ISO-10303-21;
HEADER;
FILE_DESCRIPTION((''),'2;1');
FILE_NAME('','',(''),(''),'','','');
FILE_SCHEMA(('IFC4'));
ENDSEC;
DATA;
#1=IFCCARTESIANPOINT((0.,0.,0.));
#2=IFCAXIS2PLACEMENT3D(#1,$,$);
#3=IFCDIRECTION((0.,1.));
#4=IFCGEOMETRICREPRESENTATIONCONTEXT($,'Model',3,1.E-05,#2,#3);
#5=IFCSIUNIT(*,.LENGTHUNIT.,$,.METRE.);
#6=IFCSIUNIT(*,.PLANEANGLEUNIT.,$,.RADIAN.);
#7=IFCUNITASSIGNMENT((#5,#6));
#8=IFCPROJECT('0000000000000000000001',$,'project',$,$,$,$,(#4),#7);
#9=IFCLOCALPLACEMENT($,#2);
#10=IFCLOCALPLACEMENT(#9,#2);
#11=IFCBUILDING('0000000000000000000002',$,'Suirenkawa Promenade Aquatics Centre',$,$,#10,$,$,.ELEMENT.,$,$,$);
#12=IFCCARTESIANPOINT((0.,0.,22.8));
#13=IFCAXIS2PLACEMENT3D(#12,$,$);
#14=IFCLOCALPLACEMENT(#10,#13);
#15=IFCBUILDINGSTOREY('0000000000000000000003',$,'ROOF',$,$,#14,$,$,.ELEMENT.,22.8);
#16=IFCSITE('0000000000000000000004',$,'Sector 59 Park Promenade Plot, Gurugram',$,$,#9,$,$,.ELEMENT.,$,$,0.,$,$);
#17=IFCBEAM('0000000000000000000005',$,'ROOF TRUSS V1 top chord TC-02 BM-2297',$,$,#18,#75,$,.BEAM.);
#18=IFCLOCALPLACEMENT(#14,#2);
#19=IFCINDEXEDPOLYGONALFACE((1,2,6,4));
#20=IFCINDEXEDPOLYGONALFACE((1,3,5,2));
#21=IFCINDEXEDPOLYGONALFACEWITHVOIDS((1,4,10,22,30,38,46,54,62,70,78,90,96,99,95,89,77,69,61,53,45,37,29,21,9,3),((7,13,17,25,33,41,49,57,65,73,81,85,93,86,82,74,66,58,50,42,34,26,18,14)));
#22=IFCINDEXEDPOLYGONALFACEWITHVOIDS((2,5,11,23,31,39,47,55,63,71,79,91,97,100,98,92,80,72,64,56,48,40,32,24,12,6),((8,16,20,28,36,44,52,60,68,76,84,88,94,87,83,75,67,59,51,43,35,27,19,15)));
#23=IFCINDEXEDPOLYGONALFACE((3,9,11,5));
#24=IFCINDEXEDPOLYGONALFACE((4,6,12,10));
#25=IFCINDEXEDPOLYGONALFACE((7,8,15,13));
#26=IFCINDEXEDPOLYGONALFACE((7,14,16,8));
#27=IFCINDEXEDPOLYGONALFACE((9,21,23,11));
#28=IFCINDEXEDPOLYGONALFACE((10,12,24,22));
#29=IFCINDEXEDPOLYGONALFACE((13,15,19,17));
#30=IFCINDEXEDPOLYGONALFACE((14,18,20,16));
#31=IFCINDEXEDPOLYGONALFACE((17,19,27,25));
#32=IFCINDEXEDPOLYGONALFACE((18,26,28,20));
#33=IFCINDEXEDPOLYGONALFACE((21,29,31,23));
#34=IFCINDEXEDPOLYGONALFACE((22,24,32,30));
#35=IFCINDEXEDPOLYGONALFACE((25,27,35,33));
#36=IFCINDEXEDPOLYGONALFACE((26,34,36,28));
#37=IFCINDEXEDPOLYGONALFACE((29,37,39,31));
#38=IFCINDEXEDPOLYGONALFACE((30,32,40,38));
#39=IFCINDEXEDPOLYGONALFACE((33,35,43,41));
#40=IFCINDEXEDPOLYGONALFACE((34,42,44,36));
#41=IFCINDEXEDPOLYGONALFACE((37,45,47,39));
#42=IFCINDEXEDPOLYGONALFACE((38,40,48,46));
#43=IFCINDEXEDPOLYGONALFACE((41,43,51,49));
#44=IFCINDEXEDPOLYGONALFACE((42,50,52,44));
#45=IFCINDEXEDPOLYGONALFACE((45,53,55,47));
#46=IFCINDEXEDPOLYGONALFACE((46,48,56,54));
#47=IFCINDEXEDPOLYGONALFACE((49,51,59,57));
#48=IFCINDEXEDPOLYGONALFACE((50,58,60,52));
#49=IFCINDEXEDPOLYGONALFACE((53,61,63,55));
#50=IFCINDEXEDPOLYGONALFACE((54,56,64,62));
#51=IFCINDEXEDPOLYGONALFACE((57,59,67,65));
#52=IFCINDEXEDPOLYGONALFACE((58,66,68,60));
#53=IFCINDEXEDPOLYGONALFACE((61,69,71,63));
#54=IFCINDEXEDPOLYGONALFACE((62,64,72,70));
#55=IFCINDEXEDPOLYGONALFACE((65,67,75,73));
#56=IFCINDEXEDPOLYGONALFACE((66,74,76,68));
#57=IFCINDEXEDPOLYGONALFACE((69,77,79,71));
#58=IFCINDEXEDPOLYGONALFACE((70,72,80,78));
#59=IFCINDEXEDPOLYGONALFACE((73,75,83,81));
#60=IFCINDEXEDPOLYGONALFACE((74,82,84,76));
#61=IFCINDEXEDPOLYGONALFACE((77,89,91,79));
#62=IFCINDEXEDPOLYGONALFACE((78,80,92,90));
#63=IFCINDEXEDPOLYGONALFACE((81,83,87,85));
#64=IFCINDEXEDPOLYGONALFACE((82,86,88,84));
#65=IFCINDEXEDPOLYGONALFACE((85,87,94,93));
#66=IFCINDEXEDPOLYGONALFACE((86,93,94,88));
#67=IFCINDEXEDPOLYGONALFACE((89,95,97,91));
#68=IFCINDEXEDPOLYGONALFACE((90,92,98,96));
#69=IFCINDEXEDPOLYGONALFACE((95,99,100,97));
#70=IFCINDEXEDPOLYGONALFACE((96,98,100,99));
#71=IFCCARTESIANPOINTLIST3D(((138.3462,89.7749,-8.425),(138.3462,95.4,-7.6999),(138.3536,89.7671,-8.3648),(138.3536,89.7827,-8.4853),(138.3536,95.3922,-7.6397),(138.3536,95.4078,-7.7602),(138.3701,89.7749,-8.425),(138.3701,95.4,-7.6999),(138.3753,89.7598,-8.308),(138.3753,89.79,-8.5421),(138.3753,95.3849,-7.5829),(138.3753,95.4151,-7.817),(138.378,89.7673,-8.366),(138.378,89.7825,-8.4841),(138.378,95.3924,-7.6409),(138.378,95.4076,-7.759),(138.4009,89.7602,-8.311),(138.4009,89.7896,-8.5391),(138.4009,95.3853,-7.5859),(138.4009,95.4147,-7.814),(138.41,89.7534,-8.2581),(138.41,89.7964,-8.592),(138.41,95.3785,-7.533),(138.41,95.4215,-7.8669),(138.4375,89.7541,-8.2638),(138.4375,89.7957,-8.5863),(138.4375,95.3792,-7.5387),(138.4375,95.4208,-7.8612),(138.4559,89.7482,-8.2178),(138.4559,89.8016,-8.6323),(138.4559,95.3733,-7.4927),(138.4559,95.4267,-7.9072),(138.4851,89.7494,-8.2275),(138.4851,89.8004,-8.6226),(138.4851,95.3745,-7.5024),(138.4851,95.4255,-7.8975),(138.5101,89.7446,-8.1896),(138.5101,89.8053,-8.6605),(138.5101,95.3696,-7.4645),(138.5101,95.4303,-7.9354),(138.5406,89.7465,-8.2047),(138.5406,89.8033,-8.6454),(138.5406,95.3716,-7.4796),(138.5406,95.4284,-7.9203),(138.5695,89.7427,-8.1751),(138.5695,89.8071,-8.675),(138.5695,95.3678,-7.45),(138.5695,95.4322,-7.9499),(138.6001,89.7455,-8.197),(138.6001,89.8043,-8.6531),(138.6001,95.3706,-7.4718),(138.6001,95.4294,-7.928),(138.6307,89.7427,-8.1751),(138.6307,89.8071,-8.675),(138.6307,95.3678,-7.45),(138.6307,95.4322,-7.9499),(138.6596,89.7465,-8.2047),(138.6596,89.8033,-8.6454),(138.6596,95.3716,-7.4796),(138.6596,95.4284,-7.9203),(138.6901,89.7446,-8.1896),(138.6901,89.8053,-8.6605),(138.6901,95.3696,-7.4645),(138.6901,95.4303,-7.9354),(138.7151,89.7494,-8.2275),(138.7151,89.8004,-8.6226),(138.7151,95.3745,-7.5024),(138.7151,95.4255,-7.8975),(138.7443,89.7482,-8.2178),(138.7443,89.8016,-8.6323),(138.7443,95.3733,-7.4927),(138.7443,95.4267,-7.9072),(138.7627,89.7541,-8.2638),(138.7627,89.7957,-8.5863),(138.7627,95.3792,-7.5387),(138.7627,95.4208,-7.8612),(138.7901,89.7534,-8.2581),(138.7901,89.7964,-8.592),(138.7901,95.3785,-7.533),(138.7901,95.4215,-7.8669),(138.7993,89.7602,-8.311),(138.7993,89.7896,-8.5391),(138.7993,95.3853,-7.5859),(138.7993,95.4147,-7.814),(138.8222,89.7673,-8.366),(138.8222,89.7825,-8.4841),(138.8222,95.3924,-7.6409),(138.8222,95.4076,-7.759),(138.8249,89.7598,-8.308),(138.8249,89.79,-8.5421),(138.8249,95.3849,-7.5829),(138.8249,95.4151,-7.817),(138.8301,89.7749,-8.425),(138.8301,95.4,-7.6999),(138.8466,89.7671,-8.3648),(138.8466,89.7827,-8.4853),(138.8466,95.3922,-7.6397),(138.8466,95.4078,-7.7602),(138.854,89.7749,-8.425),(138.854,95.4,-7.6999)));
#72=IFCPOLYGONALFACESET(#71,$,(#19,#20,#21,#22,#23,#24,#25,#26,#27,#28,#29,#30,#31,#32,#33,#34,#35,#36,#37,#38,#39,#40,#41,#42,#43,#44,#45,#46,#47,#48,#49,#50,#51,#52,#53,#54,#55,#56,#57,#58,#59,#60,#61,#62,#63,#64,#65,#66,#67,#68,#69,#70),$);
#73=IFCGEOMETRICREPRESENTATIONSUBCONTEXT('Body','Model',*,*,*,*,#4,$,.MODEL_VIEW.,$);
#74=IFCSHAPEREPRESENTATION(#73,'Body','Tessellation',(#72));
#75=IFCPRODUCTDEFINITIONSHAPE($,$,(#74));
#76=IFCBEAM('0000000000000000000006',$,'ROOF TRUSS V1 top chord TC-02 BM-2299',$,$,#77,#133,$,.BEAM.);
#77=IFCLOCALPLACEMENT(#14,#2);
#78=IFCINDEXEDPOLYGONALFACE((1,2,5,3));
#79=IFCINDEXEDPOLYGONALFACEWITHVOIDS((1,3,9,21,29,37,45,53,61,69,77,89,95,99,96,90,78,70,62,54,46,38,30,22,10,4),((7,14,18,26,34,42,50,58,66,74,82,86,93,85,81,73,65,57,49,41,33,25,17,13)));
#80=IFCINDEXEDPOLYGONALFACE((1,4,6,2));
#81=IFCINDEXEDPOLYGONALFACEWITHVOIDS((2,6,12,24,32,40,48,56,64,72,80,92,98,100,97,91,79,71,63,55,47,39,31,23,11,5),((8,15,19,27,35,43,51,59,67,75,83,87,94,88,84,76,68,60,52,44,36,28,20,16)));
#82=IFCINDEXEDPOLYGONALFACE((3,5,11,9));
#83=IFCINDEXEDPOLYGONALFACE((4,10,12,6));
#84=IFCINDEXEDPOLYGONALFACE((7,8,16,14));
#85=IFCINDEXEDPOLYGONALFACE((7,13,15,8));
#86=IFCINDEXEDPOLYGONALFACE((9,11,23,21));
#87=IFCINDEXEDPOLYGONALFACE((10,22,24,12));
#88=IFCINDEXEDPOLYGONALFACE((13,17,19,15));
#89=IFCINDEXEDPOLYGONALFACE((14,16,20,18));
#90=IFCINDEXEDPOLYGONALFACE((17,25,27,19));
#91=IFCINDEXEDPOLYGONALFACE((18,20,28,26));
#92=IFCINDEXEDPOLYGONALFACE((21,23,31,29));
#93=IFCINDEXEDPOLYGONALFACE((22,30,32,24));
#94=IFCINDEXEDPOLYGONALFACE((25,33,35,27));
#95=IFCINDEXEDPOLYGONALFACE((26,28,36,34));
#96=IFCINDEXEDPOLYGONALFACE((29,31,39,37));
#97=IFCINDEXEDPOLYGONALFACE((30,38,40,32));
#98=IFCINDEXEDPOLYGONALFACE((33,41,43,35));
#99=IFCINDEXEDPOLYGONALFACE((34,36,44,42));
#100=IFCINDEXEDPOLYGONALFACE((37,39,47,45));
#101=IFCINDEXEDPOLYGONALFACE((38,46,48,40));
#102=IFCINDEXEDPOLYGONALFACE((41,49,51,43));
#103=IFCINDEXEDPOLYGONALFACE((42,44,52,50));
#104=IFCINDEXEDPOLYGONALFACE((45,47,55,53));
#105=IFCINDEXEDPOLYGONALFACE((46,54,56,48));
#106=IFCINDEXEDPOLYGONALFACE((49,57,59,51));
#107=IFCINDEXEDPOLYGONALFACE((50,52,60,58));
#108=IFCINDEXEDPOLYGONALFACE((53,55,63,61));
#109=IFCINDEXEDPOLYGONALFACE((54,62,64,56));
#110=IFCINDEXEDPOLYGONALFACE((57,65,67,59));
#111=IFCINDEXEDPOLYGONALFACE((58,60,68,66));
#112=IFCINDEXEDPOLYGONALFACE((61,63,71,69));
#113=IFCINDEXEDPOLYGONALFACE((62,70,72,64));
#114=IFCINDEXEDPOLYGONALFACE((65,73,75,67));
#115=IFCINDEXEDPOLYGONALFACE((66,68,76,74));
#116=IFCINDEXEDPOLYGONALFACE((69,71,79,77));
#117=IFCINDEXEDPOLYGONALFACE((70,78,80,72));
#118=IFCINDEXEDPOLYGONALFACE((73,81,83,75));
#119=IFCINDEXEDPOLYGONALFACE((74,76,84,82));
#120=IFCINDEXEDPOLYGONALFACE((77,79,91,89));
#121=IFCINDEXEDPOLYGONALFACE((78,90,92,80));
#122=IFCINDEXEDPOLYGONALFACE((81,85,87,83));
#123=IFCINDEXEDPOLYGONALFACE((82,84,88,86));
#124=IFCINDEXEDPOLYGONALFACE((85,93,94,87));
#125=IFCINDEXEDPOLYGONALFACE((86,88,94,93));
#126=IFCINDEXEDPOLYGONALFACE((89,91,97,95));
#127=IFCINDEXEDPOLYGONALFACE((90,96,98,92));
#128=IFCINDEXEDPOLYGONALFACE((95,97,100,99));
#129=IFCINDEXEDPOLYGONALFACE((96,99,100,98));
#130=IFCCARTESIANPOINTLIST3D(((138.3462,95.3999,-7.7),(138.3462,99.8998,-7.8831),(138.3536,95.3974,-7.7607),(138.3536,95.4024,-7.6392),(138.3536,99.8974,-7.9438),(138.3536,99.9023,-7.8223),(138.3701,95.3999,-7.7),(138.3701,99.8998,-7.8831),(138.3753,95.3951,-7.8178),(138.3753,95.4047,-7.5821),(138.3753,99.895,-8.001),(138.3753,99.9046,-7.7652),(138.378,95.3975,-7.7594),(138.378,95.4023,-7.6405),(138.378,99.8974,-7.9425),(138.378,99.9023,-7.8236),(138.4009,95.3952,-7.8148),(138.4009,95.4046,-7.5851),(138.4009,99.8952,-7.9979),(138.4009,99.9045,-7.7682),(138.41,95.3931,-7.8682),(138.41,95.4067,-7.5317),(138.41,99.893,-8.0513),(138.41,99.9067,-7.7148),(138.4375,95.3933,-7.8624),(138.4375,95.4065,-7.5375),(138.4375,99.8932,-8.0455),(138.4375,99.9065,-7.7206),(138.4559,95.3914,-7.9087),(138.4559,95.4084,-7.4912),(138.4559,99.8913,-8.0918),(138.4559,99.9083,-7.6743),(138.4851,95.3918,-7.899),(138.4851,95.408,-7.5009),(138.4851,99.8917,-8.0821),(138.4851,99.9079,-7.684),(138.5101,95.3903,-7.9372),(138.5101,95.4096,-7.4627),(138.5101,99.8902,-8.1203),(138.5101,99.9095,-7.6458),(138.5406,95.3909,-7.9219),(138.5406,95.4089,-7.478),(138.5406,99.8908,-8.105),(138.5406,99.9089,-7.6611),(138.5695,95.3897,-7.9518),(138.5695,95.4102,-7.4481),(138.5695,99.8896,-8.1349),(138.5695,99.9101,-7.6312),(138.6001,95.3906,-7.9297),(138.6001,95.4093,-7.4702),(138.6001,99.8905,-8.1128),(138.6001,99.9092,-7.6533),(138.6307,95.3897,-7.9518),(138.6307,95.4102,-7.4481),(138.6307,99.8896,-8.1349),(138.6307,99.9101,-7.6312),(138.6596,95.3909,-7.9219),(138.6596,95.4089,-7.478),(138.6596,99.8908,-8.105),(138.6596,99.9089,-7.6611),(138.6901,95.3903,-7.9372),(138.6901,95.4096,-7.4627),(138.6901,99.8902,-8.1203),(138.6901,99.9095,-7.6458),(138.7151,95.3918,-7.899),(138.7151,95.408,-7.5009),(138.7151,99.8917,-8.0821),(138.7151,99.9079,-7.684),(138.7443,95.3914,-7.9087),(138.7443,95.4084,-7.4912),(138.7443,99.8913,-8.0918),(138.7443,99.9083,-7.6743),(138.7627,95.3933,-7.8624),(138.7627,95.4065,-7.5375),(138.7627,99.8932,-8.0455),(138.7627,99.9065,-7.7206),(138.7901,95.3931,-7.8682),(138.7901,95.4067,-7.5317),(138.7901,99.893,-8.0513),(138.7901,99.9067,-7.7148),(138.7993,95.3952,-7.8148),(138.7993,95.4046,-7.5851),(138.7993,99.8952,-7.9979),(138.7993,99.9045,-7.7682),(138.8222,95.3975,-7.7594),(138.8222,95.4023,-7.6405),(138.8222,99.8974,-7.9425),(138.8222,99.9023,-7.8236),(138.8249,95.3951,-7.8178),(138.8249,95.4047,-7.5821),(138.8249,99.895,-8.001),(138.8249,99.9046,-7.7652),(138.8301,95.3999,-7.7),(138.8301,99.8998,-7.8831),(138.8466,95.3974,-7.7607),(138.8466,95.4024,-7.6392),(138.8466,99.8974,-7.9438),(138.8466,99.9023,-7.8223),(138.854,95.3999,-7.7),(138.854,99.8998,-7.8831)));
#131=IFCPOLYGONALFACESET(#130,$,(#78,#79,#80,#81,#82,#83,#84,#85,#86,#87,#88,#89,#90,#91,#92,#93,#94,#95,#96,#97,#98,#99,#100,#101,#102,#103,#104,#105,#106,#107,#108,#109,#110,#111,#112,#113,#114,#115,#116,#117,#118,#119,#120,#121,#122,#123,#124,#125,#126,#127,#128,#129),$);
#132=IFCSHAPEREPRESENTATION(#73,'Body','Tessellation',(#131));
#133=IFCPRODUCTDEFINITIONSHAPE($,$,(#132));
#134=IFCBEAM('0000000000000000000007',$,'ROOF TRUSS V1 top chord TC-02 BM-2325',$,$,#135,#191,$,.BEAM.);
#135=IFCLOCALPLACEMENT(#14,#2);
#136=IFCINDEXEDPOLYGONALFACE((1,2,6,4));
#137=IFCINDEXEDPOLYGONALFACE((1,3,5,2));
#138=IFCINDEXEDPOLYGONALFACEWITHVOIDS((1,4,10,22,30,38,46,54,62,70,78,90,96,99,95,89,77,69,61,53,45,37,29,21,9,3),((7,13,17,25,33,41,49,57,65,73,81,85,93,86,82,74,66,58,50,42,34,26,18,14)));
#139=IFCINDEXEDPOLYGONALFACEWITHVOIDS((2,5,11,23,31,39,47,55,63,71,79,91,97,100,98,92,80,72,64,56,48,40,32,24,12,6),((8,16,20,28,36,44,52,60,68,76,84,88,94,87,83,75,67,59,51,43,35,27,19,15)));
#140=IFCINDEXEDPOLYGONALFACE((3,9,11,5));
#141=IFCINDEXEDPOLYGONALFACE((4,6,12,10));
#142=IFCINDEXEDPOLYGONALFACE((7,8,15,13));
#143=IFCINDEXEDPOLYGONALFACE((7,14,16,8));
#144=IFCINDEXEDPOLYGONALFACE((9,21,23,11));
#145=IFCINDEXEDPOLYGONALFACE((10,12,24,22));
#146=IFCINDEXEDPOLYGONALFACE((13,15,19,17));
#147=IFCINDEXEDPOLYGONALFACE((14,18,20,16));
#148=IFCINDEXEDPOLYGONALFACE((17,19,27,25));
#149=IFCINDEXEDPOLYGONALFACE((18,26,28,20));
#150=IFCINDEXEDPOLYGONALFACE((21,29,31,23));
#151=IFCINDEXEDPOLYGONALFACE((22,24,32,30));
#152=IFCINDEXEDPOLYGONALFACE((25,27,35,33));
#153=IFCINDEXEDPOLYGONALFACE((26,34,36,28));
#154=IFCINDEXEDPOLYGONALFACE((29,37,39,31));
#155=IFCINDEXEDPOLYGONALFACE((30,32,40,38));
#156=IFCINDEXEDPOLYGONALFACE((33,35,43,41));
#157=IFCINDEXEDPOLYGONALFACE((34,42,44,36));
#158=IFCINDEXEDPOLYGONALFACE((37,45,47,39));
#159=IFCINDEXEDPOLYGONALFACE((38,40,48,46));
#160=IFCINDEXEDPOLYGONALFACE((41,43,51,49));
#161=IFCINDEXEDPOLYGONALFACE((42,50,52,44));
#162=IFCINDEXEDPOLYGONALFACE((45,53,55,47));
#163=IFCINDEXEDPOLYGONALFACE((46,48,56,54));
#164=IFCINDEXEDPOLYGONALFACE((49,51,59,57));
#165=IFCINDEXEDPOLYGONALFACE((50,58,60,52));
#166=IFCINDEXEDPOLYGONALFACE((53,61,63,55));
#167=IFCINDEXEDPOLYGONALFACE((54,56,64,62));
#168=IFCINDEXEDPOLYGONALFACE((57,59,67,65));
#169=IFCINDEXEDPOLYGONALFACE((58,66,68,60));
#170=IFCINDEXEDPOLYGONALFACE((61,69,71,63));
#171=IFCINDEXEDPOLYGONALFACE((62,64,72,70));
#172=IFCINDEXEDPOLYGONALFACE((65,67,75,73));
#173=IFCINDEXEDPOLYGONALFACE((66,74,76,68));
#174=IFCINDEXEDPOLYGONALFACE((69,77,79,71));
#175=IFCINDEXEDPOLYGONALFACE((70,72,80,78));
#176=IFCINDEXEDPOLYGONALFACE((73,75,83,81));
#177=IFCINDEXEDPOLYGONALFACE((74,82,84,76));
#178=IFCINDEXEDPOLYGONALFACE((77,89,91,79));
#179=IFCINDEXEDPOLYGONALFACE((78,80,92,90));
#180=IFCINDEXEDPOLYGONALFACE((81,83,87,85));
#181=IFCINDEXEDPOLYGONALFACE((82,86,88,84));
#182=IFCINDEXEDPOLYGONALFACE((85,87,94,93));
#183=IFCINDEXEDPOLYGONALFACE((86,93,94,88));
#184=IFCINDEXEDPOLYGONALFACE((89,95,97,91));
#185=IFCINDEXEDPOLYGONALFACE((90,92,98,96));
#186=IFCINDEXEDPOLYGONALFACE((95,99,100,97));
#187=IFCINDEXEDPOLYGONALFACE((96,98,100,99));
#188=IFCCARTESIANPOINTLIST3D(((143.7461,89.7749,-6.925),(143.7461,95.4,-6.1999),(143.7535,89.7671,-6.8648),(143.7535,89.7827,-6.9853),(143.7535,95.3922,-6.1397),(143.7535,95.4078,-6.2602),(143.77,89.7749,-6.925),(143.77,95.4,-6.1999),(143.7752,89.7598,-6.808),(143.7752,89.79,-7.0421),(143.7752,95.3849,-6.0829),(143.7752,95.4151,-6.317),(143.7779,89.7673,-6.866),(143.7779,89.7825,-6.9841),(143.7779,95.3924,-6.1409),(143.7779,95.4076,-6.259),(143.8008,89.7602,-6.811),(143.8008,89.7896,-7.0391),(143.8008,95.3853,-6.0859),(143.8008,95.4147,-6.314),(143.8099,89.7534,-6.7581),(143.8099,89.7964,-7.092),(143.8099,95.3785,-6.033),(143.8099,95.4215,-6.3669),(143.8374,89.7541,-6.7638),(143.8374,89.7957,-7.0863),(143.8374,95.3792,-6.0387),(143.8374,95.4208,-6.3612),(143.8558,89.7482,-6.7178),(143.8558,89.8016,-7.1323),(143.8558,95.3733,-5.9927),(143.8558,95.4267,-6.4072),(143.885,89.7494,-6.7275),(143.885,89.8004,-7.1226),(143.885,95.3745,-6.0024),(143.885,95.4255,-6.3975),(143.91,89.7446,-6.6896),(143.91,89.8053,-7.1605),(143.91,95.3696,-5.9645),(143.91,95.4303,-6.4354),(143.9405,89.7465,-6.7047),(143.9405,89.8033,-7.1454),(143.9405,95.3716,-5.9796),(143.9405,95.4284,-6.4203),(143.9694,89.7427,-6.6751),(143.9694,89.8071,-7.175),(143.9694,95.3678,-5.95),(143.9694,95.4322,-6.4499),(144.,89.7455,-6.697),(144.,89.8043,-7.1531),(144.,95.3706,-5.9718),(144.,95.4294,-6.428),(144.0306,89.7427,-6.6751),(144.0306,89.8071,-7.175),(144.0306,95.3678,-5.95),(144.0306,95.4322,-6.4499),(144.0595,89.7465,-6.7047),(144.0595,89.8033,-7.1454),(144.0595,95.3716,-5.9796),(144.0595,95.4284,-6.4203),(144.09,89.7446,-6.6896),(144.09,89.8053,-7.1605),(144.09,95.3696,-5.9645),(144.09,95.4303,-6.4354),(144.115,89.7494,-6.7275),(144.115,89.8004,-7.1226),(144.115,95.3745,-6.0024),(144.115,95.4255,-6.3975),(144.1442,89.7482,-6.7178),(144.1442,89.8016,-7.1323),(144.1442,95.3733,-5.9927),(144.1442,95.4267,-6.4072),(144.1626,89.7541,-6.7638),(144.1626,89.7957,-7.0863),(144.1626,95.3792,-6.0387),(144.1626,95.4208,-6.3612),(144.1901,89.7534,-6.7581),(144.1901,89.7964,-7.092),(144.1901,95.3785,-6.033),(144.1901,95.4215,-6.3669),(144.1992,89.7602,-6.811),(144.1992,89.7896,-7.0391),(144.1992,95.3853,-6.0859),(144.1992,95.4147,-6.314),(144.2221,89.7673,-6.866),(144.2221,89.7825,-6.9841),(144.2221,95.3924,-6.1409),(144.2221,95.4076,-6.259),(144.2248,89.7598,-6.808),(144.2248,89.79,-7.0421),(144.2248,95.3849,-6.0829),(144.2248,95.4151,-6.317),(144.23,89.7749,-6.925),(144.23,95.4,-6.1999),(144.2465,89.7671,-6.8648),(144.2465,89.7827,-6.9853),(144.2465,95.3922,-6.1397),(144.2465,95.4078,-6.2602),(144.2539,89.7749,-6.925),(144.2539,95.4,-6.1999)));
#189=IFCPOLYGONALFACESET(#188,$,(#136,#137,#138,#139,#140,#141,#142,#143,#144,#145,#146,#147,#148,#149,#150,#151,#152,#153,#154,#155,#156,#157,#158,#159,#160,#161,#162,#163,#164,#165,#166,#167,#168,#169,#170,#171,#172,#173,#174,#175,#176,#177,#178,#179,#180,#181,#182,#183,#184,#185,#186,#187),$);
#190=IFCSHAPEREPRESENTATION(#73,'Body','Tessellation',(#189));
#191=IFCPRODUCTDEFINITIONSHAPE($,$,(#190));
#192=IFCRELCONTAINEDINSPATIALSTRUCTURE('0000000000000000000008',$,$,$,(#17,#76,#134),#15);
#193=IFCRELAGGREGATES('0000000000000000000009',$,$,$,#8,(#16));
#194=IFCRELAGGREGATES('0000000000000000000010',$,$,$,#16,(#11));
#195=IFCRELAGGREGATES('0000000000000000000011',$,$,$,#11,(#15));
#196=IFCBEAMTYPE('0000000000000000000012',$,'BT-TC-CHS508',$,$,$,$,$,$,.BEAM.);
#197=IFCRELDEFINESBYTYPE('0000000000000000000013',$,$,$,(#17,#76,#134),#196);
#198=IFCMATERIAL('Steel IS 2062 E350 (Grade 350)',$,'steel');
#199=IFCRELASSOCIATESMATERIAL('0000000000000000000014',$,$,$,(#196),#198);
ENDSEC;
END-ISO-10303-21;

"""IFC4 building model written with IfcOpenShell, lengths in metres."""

from ifc_helpers import new_model, si_unit, direction, frame, origin, origin_2d, place, context, subcontext, project, spatial, hollow_circle, extrude, material, material_profile, profile_set, type_object, element, save


model = new_model("IFC4")

# Units and contexts
model_context = context("Model", 3, precision=1e-05, world=origin(), true_north=direction((0.0, 1.0)))
body_context = subcontext(model_context, "Body", "Model", "MODEL_VIEW")
ifc_project = project(units=[si_unit("LENGTHUNIT", "METRE"), si_unit("PLANEANGLEUNIT", "RADIAN")], contexts=[model_context])

# Site, building, storey
site_placement = place(None, origin())
site = spatial("IfcSite", under=ifc_project, at=site_placement, Name="Sector 59 Park Promenade Plot, Gurugram", CompositionType="ELEMENT", RefElevation=0.0)
building_placement = place(site_placement, origin())
building = spatial("IfcBuilding", under=site, at=building_placement, Name="Suirenkawa Promenade Aquatics Centre", CompositionType="ELEMENT")
storey_placement = place(building_placement, frame((0.0, 0.0, 22.8)))
storey = spatial("IfcBuildingStorey", under=building, at=storey_placement, Name="ROOF", CompositionType="ELEMENT", Elevation=22.8)

# Beams
ifc_material = material(Name="Steel IS 2062 E350 (Grade 350)", Category="steel")
ifc_material_profile_1 = material_profile(ifc_material, hollow_circle(Radius=0.2539, WallThickness=0.0239, at=origin_2d()), Name="CHS 508x24", Category="steel")
ifc_profile_set_1 = profile_set([ifc_material_profile_1], Name="Steel IS 2062 E350 (Grade 350)")
beam_type_1 = type_object("IfcBeamType", Name="BT-TC-CHS508", PredefinedType="BEAM", material=ifc_profile_set_1)
beam_1_placement = place(storey_placement, frame((138.6001, 89.7749, -8.425), z_axis=(0.0, 0.991794, 0.127848), x_axis=(-1.0, 0.0, 0.0)))
element("IfcBeam", 1, at=beam_1_placement, inside=storey, type_object=beam_type_1, Name="ROOF TRUSS V1 top chord TC-02 BM-2297", PredefinedType="BEAM", context=body_context, shape_type="SweptSolid", body=[
    extrude(hollow_circle(Radius=0.2539, WallThickness=0.0239, at=origin_2d()), origin(), (0.0, 0.0, 1.0), 5.6716),
])
beam_2_placement = place(storey_placement, frame((138.6001, 95.3999, -7.7), z_axis=(0.0, 0.999173, -0.040656), x_axis=(-1.0, 0.0, 0.0)))
element("IfcBeam", 2, at=beam_2_placement, inside=storey, type_object=beam_type_1, Name="ROOF TRUSS V1 top chord TC-02 BM-2299", PredefinedType="BEAM", context=body_context, shape_type="SweptSolid", body=[
    extrude(hollow_circle(Radius=0.2539, WallThickness=0.0239, at=origin_2d()), origin(), (0.0, 0.0, 1.0), 4.5037),
])
beam_3_placement = place(storey_placement, frame((144.0, 89.7749, -6.925), z_axis=(0.0, 0.991794, 0.127848), x_axis=(-1.0, 0.0, 0.0)))
element("IfcBeam", 3, at=beam_3_placement, inside=storey, type_object=beam_type_1, Name="ROOF TRUSS V1 top chord TC-02 BM-2325", PredefinedType="BEAM", context=body_context, shape_type="SweptSolid", body=[
    extrude(hollow_circle(Radius=0.2539, WallThickness=0.0239, at=origin_2d()), origin(), (0.0, 0.0, 1.0), 5.6716),
])

save(model, "model.ifc")
